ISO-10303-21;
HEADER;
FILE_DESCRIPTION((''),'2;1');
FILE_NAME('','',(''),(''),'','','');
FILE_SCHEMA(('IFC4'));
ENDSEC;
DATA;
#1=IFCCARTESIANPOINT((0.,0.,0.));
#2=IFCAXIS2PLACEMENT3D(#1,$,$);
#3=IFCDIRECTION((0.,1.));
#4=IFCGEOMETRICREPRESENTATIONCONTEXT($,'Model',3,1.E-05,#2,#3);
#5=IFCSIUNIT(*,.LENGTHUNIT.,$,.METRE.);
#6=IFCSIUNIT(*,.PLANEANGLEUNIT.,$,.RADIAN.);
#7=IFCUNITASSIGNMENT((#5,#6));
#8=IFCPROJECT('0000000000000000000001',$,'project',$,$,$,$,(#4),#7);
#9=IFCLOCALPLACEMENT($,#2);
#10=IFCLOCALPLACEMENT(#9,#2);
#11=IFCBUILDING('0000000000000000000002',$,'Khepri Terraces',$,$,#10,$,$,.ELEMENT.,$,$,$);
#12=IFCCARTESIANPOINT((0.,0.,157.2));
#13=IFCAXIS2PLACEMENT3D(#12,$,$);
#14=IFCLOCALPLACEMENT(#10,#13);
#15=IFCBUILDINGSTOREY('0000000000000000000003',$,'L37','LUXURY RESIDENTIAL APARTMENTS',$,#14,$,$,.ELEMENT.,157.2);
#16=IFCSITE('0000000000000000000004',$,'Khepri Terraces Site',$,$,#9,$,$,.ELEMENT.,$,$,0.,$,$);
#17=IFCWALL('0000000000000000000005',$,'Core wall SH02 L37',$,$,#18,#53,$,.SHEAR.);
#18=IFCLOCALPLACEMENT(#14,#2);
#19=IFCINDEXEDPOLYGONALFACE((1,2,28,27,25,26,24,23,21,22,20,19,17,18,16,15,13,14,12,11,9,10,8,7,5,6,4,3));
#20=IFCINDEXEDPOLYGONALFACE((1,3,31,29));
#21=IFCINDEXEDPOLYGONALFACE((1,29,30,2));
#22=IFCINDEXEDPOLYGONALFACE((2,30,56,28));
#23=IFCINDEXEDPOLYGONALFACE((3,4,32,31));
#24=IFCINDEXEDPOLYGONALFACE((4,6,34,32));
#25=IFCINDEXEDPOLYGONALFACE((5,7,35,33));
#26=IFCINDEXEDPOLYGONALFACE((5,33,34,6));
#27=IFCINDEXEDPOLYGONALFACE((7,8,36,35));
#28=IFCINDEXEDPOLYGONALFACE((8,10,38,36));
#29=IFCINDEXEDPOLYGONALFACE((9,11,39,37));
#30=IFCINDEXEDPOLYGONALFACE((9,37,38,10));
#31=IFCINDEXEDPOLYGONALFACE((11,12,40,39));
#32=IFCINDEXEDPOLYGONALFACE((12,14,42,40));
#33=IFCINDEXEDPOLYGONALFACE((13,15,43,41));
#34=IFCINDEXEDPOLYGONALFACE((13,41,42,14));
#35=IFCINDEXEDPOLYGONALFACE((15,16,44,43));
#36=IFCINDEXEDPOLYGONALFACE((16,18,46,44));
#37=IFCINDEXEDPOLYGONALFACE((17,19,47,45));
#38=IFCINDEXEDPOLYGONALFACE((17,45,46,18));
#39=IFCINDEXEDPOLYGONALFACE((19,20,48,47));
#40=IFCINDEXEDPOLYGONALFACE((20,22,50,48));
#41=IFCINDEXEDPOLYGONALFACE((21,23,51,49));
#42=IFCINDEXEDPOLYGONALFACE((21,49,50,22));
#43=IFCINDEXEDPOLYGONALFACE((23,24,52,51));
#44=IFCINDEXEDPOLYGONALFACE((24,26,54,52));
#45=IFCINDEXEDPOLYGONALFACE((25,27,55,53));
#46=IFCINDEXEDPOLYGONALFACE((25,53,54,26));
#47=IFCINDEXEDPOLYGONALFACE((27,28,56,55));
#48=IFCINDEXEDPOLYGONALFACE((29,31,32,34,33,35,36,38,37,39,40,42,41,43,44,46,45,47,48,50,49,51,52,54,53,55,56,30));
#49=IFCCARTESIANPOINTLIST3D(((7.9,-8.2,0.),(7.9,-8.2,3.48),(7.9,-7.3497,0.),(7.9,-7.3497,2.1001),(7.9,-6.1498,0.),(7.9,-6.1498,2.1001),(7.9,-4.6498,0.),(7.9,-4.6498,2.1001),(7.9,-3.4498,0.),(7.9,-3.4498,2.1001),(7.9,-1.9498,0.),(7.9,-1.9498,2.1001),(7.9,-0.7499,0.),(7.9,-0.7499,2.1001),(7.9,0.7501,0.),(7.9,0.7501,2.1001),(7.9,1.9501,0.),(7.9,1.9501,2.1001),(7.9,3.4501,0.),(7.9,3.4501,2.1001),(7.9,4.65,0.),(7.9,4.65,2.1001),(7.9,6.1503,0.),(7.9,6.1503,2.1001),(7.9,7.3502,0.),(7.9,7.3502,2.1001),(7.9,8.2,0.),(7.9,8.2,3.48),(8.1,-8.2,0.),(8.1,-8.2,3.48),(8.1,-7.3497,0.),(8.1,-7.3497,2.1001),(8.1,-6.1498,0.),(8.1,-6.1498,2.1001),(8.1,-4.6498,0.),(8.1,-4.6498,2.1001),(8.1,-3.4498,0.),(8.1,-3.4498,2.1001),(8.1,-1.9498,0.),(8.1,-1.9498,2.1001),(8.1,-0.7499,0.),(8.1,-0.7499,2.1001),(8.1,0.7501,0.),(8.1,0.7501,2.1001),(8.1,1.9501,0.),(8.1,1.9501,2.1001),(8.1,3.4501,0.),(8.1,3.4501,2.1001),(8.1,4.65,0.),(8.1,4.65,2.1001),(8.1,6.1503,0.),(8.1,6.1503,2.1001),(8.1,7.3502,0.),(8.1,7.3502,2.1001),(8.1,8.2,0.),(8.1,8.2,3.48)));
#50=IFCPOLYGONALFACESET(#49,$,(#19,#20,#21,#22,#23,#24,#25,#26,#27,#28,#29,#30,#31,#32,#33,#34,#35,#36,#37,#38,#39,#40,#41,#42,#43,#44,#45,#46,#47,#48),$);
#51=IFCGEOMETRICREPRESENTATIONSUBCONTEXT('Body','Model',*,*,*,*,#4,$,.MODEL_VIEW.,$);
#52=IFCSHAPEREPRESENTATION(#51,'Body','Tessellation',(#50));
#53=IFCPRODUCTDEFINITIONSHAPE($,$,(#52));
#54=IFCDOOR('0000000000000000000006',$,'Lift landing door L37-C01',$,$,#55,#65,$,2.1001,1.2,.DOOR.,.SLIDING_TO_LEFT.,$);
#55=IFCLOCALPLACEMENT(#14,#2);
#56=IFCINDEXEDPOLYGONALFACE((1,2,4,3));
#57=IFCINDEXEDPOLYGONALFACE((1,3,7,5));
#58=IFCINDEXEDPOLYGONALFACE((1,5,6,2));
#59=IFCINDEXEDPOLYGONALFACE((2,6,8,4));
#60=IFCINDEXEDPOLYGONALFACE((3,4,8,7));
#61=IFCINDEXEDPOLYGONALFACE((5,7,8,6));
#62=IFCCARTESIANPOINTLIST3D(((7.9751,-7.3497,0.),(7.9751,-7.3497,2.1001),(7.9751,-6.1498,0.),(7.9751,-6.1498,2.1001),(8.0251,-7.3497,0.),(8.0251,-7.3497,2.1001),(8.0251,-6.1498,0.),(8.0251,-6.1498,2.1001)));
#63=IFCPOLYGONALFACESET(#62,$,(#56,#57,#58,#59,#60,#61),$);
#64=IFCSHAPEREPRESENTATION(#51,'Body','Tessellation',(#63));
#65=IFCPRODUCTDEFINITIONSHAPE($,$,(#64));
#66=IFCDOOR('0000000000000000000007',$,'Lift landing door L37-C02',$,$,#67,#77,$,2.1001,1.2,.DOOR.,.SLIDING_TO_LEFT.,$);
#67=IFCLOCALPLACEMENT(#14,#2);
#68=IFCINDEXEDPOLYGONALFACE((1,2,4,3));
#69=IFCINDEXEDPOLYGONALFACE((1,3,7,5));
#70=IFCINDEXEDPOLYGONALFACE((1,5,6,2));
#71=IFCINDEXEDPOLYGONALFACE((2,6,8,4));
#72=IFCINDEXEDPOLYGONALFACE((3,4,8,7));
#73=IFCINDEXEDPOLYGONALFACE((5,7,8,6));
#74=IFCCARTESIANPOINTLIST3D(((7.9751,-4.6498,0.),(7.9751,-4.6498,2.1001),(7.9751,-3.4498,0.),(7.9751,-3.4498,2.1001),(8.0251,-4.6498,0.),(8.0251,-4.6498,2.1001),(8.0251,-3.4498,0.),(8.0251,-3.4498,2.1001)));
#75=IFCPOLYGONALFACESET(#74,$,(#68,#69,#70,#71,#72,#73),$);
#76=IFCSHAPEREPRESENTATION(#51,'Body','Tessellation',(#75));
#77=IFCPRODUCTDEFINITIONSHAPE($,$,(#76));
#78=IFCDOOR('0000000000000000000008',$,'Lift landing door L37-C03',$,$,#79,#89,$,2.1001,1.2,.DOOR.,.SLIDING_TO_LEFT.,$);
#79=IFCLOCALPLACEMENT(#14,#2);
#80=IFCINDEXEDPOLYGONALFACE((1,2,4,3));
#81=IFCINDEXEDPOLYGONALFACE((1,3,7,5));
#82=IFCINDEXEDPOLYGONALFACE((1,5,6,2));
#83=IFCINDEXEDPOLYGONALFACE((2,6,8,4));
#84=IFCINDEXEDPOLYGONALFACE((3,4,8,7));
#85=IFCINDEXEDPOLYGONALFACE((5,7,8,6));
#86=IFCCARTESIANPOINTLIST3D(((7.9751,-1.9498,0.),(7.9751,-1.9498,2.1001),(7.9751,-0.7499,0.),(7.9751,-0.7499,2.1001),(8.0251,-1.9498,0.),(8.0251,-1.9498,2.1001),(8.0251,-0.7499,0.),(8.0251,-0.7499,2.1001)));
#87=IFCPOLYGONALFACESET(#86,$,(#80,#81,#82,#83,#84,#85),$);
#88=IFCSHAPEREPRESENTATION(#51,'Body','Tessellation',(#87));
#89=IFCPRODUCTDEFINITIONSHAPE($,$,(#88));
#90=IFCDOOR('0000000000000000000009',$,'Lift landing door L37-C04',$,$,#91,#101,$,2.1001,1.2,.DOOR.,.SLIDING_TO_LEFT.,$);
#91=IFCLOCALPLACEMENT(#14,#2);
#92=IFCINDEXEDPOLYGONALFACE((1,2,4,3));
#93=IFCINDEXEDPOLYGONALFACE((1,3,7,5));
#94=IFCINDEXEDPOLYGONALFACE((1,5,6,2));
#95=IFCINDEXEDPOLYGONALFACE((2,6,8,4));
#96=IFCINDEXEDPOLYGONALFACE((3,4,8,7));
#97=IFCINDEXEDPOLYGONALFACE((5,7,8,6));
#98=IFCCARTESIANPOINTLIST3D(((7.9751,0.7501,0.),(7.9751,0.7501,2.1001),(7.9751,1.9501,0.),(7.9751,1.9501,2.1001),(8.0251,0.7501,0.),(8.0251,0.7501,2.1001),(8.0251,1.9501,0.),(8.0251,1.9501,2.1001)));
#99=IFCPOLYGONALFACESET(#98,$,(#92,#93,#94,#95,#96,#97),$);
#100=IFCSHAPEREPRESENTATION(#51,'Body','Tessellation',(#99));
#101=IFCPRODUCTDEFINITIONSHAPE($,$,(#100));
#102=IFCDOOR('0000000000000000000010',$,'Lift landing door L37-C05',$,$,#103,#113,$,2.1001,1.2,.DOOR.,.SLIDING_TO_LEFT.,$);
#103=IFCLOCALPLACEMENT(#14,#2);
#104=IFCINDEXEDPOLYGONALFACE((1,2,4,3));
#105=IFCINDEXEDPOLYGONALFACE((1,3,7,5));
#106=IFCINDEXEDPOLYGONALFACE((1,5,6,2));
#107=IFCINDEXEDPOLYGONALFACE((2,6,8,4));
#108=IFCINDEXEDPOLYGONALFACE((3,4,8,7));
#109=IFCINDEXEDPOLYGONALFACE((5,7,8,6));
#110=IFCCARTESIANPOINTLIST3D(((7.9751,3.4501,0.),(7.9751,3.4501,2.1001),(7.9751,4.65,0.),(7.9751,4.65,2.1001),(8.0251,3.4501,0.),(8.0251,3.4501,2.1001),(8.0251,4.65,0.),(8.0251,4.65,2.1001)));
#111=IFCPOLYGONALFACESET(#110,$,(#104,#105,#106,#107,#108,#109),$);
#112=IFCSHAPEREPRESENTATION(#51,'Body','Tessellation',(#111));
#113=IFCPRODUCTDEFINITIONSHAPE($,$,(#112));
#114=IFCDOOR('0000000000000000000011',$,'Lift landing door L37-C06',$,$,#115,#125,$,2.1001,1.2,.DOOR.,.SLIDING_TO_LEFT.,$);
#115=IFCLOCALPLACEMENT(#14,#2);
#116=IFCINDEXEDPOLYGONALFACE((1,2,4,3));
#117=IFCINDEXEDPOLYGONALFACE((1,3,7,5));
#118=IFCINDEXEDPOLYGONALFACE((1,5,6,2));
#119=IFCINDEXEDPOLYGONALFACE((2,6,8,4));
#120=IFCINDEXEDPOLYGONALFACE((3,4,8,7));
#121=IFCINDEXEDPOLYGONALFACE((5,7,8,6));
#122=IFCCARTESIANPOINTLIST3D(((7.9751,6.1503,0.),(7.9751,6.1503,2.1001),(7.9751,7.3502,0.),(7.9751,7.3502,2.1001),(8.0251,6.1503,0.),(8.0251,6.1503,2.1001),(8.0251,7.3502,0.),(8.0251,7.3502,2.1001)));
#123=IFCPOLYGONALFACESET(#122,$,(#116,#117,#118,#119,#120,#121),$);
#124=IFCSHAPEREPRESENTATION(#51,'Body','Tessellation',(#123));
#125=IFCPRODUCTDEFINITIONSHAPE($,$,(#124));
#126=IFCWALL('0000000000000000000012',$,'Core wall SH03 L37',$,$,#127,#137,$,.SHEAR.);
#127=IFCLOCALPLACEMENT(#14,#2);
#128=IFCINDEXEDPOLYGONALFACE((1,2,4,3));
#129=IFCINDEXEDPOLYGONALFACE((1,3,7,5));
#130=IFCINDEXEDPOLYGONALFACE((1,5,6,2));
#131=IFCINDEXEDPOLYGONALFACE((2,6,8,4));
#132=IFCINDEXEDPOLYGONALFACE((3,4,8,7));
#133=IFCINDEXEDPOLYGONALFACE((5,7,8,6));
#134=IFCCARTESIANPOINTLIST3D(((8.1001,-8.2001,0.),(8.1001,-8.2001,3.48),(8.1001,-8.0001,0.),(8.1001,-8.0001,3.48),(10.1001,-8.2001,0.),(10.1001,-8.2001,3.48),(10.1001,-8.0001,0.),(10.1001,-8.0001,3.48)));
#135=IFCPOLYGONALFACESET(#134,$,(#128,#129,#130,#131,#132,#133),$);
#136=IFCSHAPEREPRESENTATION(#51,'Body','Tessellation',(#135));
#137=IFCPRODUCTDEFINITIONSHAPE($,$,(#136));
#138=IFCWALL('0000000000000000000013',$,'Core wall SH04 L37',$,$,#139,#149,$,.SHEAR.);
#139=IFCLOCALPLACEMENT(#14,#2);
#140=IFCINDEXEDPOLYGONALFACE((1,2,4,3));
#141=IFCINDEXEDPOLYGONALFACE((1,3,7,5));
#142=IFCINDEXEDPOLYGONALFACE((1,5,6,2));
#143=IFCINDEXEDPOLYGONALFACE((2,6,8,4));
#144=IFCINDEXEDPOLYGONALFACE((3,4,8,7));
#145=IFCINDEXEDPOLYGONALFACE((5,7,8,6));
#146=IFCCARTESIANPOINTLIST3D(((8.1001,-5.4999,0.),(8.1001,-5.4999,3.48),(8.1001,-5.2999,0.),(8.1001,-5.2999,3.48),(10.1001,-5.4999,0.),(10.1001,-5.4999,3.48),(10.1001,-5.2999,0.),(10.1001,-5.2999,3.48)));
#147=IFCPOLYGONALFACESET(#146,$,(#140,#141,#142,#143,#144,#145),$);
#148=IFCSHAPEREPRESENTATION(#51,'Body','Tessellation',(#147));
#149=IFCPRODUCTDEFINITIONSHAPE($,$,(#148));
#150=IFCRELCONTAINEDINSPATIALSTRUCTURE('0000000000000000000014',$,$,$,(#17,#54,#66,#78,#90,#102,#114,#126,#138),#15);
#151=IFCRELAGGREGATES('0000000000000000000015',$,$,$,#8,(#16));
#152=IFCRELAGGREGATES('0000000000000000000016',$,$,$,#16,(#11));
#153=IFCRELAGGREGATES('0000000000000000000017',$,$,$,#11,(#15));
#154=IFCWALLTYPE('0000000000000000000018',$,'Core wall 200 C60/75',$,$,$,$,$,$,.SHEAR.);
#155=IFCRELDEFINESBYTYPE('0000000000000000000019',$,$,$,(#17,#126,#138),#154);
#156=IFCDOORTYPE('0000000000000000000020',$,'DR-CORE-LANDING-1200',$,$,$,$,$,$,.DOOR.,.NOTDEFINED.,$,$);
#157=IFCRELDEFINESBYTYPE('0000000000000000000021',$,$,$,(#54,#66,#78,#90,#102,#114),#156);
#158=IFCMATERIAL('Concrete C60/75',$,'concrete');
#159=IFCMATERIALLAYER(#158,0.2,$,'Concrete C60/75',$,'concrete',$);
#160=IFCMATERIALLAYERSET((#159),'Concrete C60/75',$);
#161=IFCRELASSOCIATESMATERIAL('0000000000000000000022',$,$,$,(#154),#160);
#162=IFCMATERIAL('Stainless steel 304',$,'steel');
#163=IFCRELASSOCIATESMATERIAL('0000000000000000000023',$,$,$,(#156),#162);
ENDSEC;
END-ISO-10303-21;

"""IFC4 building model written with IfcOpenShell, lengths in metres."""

from ifc_helpers import new_model, si_unit, direction, frame, frame_2d, origin, place, context, subcontext, project, spatial, rectangle, extrude, material, layer, layer_set, type_object, element, fill, save


model = new_model("IFC4")

# Units and contexts
model_context = context("Model", 3, precision=1e-05, world=origin(), true_north=direction((0.0, 1.0)))
body_context = subcontext(model_context, "Body", "Model", "MODEL_VIEW")
ifc_project = project(units=[si_unit("LENGTHUNIT", "METRE"), si_unit("PLANEANGLEUNIT", "RADIAN")], contexts=[model_context])

# Site, building, storey
site_placement = place(None, origin())
site = spatial("IfcSite", under=ifc_project, at=site_placement, Name="Khepri Terraces Site", CompositionType="ELEMENT", RefElevation=0.0)
building_placement = place(site_placement, origin())
building = spatial("IfcBuilding", under=site, at=building_placement, Name="Khepri Terraces", CompositionType="ELEMENT")
storey_placement = place(building_placement, frame((0.0, 0.0, 157.2)))
storey = spatial("IfcBuildingStorey", under=building, at=storey_placement, Name="L37", Description="LUXURY RESIDENTIAL APARTMENTS", CompositionType="ELEMENT", Elevation=157.2)

# Shared definitions
ifc_material_1 = material(Name="Concrete C60/75", Category="concrete")

# Shared definitions
ifc_layer_1 = layer(ifc_material_1, 0.2, Name="Concrete C60/75", Category="concrete")
ifc_layer_set_1 = layer_set([ifc_layer_1], Name="Concrete C60/75")
wall_type_1 = type_object("IfcWallType", Name="Core wall 200 C60/75", PredefinedType="SHEAR", material=ifc_layer_set_1)

# Wall, openings, doors
wall_1_placement = place(storey_placement, frame((8.0, -8.2, 0.0), z_axis=(0.0, 0.0, 1.0), x_axis=(0.0, 1.0, 0.0)))
wall_1 = element("IfcWall", 1, at=wall_1_placement, inside=storey, type_object=wall_type_1, Name="Core wall SH02 L37", PredefinedType="SHEAR", context=body_context, shape_type="SweptSolid", body=[
    extrude(rectangle(XDim=16.3999, YDim=0.2, at=frame_2d((8.2, 0.0))), origin(), (0.0, 0.0, 1.0), 3.48),
])
opening_1_placement = place(wall_1_placement, frame((0.8501, 0.0, 0.0)))
opening_1 = element("IfcOpeningElement", 2, at=opening_1_placement, cuts=wall_1, PredefinedType="OPENING", context=body_context, shape_type="SweptSolid", body=[
    extrude(rectangle(XDim=1.2, YDim=2.1001, at=frame_2d((0.6001, 1.05))), frame((0.0, 0.1099, 0.0), z_axis=(0.0, -1.0, 0.0), x_axis=(1.0, 0.0, 0.0)), (0.0, 0.0, 1.0), 0.22),
])
opening_2_placement = place(wall_1_placement, frame((3.55, 0.0, 0.0)))
opening_2 = element("IfcOpeningElement", 3, at=opening_2_placement, cuts=wall_1, PredefinedType="OPENING", context=body_context, shape_type="SweptSolid", body=[
    extrude(rectangle(XDim=1.2, YDim=2.1001, at=frame_2d((0.6001, 1.05))), frame((0.0, 0.1099, 0.0), z_axis=(0.0, -1.0, 0.0), x_axis=(1.0, 0.0, 0.0)), (0.0, 0.0, 1.0), 0.22),
])
opening_3_placement = place(wall_1_placement, frame((6.25, 0.0, 0.0)))
opening_3 = element("IfcOpeningElement", 4, at=opening_3_placement, cuts=wall_1, PredefinedType="OPENING", context=body_context, shape_type="SweptSolid", body=[
    extrude(rectangle(XDim=1.2, YDim=2.1001, at=frame_2d((0.6001, 1.05))), frame((0.0, 0.1099, 0.0), z_axis=(0.0, -1.0, 0.0), x_axis=(1.0, 0.0, 0.0)), (0.0, 0.0, 1.0), 0.22),
])
opening_4_placement = place(wall_1_placement, frame((8.95, 0.0, 0.0)))
opening_4 = element("IfcOpeningElement", 5, at=opening_4_placement, cuts=wall_1, PredefinedType="OPENING", context=body_context, shape_type="SweptSolid", body=[
    extrude(rectangle(XDim=1.2, YDim=2.1001, at=frame_2d((0.6001, 1.05))), frame((0.0, 0.1099, 0.0), z_axis=(0.0, -1.0, 0.0), x_axis=(1.0, 0.0, 0.0)), (0.0, 0.0, 1.0), 0.22),
])
opening_5_placement = place(wall_1_placement, frame((11.6499, 0.0, 0.0)))
opening_5 = element("IfcOpeningElement", 6, at=opening_5_placement, cuts=wall_1, PredefinedType="OPENING", context=body_context, shape_type="SweptSolid", body=[
    extrude(rectangle(XDim=1.2, YDim=2.1001, at=frame_2d((0.6001, 1.05))), frame((0.0, 0.1099, 0.0), z_axis=(0.0, -1.0, 0.0), x_axis=(1.0, 0.0, 0.0)), (0.0, 0.0, 1.0), 0.22),
])
opening_6_placement = place(wall_1_placement, frame((14.3501, 0.0, 0.0)))
opening_6 = element("IfcOpeningElement", 7, at=opening_6_placement, cuts=wall_1, PredefinedType="OPENING", context=body_context, shape_type="SweptSolid", body=[
    extrude(rectangle(XDim=1.2, YDim=2.1001, at=frame_2d((0.6001, 1.05))), frame((0.0, 0.1099, 0.0), z_axis=(0.0, -1.0, 0.0), x_axis=(1.0, 0.0, 0.0)), (0.0, 0.0, 1.0), 0.22),
])
ifc_material_2 = material(Name="Stainless steel 304", Category="steel")
door_type_1 = type_object("IfcDoorType", Name="DR-CORE-LANDING-1200", OperationType="NOTDEFINED", PredefinedType="DOOR", material=ifc_material_2)
door_1_placement = place(opening_1_placement, origin())
door_1 = element("IfcDoor", 8, at=door_1_placement, inside=storey, type_object=door_type_1, Name="Lift landing door L37-C01", OperationType="SLIDING_TO_LEFT", OverallHeight=2.1001, OverallWidth=1.2, PredefinedType="DOOR", context=body_context, shape_type="SweptSolid", body=[
    extrude(rectangle(XDim=1.2, YDim=2.1001, at=frame_2d((0.6001, 1.05))), frame((0.0, 0.0249, 0.0), z_axis=(0.0, -1.0, 0.0), x_axis=(1.0, 0.0, 0.0)), (0.0, 0.0, 1.0), 0.05),
])
fill(opening_1, door_1)
door_2_placement = place(opening_2_placement, origin())
door_2 = element("IfcDoor", 9, at=door_2_placement, inside=storey, type_object=door_type_1, Name="Lift landing door L37-C02", OperationType="SLIDING_TO_LEFT", OverallHeight=2.1001, OverallWidth=1.2, PredefinedType="DOOR", context=body_context, shape_type="SweptSolid", body=[
    extrude(rectangle(XDim=1.2, YDim=2.1001, at=frame_2d((0.6001, 1.05))), frame((0.0, 0.0249, 0.0), z_axis=(0.0, -1.0, 0.0), x_axis=(1.0, 0.0, 0.0)), (0.0, 0.0, 1.0), 0.05),
])
fill(opening_2, door_2)
door_3_placement = place(opening_3_placement, origin())
door_3 = element("IfcDoor", 10, at=door_3_placement, inside=storey, type_object=door_type_1, Name="Lift landing door L37-C03", OperationType="SLIDING_TO_LEFT", OverallHeight=2.1001, OverallWidth=1.2, PredefinedType="DOOR", context=body_context, shape_type="SweptSolid", body=[
    extrude(rectangle(XDim=1.2, YDim=2.1001, at=frame_2d((0.6001, 1.05))), frame((0.0, 0.0249, 0.0), z_axis=(0.0, -1.0, 0.0), x_axis=(1.0, 0.0, 0.0)), (0.0, 0.0, 1.0), 0.05),
])
fill(opening_3, door_3)
door_4_placement = place(opening_4_placement, origin())
door_4 = element("IfcDoor", 11, at=door_4_placement, inside=storey, type_object=door_type_1, Name="Lift landing door L37-C04", OperationType="SLIDING_TO_LEFT", OverallHeight=2.1001, OverallWidth=1.2, PredefinedType="DOOR", context=body_context, shape_type="SweptSolid", body=[
    extrude(rectangle(XDim=1.2, YDim=2.1001, at=frame_2d((0.6001, 1.05))), frame((0.0, 0.0249, 0.0), z_axis=(0.0, -1.0, 0.0), x_axis=(1.0, 0.0, 0.0)), (0.0, 0.0, 1.0), 0.05),
])
fill(opening_4, door_4)
door_5_placement = place(opening_5_placement, origin())
door_5 = element("IfcDoor", 12, at=door_5_placement, inside=storey, type_object=door_type_1, Name="Lift landing door L37-C05", OperationType="SLIDING_TO_LEFT", OverallHeight=2.1001, OverallWidth=1.2, PredefinedType="DOOR", context=body_context, shape_type="SweptSolid", body=[
    extrude(rectangle(XDim=1.2, YDim=2.1001, at=frame_2d((0.6001, 1.05))), frame((0.0, 0.0249, 0.0), z_axis=(0.0, -1.0, 0.0), x_axis=(1.0, 0.0, 0.0)), (0.0, 0.0, 1.0), 0.05),
])
fill(opening_5, door_5)
door_6_placement = place(opening_6_placement, origin())
door_6 = element("IfcDoor", 13, at=door_6_placement, inside=storey, type_object=door_type_1, Name="Lift landing door L37-C06", OperationType="SLIDING_TO_LEFT", OverallHeight=2.1001, OverallWidth=1.2, PredefinedType="DOOR", context=body_context, shape_type="SweptSolid", body=[
    extrude(rectangle(XDim=1.2, YDim=2.1001, at=frame_2d((0.6001, 1.05))), frame((0.0, 0.0249, 0.0), z_axis=(0.0, -1.0, 0.0), x_axis=(1.0, 0.0, 0.0)), (0.0, 0.0, 1.0), 0.05),
])
fill(opening_6, door_6)

# Walls
for number, where, z_axis, x_axis, name in (
    (14, (8.1001, -8.1001, 0.0), (0.0, 0.0, 1.0), (1.0, 0.0, 0.0), "Core wall SH03 L37"),
    (15, (8.1001, -5.3999, 0.0), (0.0, 0.0, 1.0), (1.0, 0.0, 0.0), "Core wall SH04 L37"),
):
    element("IfcWall", number, at=place(storey_placement, frame(where, z_axis=z_axis, x_axis=x_axis)), inside=storey, type_object=wall_type_1, Name=name, PredefinedType="SHEAR", context=body_context, shape_type="SweptSolid", body=[
        extrude(rectangle(XDim=2.0, YDim=0.2, at=frame_2d((1.0, 0.0))), origin(), (0.0, 0.0, 1.0), 3.48),
    ])

save(model, "model.ifc")
